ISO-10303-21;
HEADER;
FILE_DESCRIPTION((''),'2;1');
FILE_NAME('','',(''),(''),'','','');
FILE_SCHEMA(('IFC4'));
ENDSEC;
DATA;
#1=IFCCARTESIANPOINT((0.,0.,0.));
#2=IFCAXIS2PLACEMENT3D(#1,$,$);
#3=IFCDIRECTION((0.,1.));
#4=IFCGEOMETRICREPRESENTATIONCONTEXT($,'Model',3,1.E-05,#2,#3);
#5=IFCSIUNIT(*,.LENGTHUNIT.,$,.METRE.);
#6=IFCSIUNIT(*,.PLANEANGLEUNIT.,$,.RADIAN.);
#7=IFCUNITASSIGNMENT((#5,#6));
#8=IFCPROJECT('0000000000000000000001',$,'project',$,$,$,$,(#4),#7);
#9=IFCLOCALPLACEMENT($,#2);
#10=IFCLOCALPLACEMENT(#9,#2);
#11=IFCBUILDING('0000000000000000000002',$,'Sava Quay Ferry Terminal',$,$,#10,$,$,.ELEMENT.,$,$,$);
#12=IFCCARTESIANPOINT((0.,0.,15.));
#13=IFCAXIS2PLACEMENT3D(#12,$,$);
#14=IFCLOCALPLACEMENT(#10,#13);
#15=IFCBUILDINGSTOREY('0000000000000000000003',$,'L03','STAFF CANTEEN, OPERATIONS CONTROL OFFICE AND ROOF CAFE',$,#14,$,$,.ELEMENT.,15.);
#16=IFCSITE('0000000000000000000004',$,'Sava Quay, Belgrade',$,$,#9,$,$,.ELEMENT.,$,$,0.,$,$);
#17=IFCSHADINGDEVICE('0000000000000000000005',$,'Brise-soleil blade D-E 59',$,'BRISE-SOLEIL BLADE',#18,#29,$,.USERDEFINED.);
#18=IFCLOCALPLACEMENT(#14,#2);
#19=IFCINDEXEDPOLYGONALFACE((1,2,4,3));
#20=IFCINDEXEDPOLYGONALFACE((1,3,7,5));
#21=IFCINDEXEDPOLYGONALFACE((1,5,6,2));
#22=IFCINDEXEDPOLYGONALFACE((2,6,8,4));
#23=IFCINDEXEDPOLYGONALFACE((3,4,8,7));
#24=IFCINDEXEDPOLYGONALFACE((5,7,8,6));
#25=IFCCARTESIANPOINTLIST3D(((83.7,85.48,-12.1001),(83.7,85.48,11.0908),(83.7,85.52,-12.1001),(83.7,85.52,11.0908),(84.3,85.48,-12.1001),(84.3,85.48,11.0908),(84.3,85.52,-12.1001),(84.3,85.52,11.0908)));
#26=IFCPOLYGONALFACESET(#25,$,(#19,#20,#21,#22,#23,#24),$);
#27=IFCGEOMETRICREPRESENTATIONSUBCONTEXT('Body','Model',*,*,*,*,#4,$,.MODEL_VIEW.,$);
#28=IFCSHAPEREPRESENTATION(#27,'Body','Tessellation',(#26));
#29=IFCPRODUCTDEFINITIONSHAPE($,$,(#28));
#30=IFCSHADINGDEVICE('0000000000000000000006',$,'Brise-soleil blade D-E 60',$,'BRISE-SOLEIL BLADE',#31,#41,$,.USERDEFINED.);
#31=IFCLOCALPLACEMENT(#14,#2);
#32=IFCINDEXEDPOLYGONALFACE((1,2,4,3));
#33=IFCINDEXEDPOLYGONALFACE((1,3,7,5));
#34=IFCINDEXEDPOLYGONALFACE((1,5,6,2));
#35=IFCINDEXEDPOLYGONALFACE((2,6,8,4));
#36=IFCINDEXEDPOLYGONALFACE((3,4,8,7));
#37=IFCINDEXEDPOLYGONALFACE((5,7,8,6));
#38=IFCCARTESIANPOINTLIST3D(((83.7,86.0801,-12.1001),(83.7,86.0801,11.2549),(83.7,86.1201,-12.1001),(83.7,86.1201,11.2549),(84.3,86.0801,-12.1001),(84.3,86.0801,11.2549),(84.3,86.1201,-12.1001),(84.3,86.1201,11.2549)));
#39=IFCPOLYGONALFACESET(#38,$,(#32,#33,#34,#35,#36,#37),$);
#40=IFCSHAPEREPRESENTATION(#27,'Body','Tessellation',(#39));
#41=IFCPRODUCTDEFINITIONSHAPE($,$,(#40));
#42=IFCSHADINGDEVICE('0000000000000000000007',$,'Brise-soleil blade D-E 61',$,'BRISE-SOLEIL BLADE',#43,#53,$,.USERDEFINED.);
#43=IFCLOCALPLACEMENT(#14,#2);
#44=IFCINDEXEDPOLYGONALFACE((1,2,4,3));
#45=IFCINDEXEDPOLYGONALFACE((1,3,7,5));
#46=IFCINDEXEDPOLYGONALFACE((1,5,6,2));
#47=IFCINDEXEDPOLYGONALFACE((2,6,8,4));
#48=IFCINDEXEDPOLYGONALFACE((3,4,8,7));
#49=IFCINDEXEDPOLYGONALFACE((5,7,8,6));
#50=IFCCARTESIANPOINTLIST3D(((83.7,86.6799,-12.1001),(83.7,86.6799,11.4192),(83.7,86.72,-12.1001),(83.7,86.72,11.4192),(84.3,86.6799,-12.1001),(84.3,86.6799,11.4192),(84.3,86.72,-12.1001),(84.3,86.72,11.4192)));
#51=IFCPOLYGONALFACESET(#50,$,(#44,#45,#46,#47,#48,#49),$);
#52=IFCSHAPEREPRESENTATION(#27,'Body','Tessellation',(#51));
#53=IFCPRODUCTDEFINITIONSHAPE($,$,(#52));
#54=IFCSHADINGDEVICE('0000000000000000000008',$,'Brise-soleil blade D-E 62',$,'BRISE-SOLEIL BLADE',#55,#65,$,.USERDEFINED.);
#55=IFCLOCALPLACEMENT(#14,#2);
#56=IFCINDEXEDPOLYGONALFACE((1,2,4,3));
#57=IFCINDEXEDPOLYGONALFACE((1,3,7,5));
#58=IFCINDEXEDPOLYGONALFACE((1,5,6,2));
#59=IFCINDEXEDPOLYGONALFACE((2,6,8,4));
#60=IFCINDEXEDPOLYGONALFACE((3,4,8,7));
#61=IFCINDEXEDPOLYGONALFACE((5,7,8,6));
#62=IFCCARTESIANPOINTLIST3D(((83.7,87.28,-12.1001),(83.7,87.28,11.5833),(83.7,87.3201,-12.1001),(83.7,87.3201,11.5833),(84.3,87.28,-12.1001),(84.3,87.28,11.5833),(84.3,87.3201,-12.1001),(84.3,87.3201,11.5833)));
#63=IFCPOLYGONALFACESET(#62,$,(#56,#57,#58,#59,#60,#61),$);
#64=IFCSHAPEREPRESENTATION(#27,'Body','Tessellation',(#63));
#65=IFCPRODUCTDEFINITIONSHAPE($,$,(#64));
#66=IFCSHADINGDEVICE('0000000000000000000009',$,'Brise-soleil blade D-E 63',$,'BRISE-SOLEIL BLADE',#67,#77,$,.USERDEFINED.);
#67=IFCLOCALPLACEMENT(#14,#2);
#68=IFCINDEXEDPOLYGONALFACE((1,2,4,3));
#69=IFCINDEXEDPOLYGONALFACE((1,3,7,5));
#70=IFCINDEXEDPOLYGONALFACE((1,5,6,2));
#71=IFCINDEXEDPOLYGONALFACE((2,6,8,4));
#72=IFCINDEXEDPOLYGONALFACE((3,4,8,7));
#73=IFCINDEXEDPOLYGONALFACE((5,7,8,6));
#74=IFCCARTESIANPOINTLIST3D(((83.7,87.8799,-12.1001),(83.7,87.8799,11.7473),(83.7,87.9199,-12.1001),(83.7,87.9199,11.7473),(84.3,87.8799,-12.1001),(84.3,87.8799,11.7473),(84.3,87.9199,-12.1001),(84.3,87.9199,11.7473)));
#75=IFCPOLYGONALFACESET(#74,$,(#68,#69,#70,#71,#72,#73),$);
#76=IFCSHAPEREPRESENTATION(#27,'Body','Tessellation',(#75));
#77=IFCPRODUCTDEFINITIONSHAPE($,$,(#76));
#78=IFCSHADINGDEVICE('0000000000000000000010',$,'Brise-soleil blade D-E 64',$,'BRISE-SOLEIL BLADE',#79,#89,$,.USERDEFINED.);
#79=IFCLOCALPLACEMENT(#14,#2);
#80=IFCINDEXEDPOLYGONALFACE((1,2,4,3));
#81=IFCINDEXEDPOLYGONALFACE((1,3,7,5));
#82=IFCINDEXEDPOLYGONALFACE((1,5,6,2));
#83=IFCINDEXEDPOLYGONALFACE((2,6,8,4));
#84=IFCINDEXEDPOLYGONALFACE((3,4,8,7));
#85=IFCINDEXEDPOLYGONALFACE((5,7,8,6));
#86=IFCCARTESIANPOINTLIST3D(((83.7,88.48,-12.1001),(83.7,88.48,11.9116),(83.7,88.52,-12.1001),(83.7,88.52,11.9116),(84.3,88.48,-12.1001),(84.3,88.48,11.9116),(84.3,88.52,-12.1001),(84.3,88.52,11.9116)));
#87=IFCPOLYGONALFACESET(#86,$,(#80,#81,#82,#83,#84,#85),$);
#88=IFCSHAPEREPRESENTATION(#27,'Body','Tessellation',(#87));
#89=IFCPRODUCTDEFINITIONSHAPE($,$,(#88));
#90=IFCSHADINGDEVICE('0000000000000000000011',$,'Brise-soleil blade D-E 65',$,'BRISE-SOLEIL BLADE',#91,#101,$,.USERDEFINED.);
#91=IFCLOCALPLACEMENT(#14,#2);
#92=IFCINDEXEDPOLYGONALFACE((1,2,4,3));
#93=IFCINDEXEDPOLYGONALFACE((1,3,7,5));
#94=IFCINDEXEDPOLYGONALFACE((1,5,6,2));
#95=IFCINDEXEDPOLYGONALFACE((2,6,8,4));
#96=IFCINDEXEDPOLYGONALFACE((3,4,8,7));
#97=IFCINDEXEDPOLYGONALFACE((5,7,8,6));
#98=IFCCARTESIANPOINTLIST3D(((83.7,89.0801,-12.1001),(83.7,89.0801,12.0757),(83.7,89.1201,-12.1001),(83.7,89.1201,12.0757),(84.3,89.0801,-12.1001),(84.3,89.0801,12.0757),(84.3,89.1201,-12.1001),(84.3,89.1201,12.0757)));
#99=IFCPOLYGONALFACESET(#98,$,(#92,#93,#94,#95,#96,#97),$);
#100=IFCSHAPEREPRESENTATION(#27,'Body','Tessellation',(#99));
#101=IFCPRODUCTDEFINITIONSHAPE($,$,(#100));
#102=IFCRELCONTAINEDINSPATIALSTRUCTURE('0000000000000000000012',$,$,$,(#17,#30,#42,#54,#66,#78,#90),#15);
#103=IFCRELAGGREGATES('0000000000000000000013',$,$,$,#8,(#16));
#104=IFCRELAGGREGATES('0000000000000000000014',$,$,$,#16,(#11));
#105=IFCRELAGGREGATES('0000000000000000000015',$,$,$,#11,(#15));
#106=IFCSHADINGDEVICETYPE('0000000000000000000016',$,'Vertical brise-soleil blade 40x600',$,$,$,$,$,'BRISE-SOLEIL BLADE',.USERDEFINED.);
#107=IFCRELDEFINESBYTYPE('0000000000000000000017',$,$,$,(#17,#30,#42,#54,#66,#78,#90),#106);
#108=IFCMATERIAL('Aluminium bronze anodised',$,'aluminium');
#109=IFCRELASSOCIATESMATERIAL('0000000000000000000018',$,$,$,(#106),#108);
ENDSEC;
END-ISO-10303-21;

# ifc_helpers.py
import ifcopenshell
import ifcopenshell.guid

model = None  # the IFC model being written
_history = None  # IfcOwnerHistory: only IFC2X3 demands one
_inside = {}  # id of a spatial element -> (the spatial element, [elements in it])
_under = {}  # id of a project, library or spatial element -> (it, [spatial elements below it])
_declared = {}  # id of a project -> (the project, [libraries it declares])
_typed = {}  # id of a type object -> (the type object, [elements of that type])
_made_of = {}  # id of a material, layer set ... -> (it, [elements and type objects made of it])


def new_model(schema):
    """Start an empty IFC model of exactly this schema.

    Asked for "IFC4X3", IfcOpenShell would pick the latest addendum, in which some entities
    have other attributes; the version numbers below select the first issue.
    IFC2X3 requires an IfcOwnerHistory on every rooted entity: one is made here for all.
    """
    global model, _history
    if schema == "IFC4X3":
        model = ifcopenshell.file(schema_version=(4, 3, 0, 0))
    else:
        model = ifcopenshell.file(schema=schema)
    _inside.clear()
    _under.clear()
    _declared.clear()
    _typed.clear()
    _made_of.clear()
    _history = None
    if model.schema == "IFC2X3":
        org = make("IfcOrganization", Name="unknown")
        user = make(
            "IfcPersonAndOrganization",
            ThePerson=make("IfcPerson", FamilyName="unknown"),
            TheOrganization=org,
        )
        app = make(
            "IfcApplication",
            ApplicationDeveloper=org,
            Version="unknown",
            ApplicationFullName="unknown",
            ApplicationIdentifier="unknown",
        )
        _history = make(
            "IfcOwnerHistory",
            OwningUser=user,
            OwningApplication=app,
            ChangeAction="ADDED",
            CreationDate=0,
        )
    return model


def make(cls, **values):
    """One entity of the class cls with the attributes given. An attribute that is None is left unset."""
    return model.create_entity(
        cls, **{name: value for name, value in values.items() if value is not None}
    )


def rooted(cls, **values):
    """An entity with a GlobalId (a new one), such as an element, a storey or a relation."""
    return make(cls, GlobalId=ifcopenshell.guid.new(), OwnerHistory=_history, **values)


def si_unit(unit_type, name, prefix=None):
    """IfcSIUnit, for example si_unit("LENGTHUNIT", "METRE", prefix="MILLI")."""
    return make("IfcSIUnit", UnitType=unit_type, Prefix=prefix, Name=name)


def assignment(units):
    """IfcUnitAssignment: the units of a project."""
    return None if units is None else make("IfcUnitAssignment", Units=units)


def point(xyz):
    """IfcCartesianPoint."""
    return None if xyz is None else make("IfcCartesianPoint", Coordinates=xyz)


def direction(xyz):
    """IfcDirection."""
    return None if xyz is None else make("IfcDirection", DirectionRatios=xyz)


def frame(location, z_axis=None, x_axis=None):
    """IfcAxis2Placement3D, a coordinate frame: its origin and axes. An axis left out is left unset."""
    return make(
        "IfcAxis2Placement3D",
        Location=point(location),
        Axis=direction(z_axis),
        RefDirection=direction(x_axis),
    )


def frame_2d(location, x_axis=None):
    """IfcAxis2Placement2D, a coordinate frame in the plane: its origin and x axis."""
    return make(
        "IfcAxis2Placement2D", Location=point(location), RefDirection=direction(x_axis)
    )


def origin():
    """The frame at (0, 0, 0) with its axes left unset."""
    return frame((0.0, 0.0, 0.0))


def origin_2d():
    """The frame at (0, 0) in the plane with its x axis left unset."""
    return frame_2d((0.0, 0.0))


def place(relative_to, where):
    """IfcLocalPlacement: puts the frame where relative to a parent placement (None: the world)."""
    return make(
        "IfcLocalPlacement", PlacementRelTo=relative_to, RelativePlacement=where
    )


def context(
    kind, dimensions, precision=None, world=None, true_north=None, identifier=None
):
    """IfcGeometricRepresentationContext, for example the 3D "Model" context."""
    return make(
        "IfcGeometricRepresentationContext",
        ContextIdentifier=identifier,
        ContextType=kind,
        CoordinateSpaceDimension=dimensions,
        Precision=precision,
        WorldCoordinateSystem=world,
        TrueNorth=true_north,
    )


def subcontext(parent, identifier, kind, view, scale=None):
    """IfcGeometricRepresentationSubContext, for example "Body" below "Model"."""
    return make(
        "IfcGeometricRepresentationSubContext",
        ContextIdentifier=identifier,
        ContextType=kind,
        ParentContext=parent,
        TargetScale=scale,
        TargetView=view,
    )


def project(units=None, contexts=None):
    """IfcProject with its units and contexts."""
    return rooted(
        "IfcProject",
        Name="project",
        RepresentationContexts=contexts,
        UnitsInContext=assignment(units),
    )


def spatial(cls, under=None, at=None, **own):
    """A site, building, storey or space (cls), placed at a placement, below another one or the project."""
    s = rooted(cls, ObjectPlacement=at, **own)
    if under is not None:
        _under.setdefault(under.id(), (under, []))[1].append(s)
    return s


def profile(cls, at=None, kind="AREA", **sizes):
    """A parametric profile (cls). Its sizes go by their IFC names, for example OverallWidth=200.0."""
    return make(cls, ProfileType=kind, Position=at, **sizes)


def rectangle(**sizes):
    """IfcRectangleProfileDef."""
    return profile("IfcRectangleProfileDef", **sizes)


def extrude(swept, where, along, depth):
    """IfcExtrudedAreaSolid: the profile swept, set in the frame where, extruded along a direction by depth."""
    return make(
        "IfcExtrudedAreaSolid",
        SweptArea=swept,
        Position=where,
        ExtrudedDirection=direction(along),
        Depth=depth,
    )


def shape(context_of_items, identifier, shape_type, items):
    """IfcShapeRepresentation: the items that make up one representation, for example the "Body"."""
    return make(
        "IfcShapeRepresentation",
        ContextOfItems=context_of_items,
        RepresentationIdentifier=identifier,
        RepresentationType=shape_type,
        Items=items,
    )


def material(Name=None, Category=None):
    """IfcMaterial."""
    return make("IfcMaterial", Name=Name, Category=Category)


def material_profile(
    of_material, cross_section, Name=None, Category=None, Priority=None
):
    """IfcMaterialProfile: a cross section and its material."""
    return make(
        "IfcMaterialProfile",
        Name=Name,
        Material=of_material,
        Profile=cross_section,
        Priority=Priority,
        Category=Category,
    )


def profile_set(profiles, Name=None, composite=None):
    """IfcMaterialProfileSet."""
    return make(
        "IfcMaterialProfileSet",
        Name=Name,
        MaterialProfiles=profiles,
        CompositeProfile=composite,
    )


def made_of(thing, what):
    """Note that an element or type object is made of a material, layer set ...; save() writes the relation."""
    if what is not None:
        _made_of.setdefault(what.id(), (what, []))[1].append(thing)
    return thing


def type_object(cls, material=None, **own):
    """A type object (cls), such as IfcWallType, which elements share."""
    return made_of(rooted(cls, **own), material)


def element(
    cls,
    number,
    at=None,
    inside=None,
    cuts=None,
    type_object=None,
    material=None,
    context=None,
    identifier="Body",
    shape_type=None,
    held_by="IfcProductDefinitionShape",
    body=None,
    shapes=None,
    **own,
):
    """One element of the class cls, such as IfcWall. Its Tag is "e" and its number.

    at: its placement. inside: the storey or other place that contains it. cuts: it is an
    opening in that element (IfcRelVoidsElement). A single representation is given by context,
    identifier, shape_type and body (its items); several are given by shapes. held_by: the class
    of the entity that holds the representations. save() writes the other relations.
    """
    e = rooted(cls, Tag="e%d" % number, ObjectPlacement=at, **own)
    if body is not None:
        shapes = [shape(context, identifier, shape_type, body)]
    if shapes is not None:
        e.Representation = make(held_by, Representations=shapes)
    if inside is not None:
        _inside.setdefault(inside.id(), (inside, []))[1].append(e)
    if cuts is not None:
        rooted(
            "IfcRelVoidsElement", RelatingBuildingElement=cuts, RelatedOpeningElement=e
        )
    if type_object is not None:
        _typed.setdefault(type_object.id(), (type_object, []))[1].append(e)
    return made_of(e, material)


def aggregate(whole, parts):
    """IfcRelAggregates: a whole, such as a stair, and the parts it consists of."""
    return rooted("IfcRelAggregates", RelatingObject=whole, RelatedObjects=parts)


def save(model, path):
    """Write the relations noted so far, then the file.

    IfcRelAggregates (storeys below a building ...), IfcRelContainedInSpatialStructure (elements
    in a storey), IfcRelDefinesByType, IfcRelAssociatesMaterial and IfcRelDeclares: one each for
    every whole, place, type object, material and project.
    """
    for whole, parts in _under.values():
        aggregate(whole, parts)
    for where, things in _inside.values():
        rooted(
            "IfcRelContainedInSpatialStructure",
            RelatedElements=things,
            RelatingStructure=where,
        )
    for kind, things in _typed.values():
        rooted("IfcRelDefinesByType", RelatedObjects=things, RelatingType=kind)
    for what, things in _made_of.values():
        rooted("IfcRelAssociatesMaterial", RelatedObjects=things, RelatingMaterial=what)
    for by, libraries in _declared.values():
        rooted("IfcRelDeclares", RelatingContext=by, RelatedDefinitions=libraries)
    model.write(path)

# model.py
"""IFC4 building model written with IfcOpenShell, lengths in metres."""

from ifc_helpers import new_model, si_unit, direction, frame, origin, origin_2d, place, context, subcontext, project, spatial, rectangle, extrude, material, material_profile, profile_set, type_object, element, save


model = new_model("IFC4")

# Units and contexts
model_context = context("Model", 3, precision=1e-05, world=origin(), true_north=direction((0.0, 1.0)))
body_context = subcontext(model_context, "Body", "Model", "MODEL_VIEW")
ifc_project = project(units=[si_unit("LENGTHUNIT", "METRE"), si_unit("PLANEANGLEUNIT", "RADIAN")], contexts=[model_context])

# Site, building, storey
site_placement = place(None, origin())
site = spatial("IfcSite", under=ifc_project, at=site_placement, Name="Sava Quay, Belgrade", CompositionType="ELEMENT", RefElevation=0.0)
building_placement = place(site_placement, origin())
building = spatial("IfcBuilding", under=site, at=building_placement, Name="Sava Quay Ferry Terminal", CompositionType="ELEMENT")
storey_placement = place(building_placement, frame((0.0, 0.0, 15.0)))
storey = spatial("IfcBuildingStorey", under=building, at=storey_placement, Name="L03", Description="STAFF CANTEEN, OPERATIONS CONTROL OFFICE AND ROOF CAFE", CompositionType="ELEMENT", Elevation=15.0)

# Shading devices
ifc_material_1 = material(Name="Aluminium bronze anodised", Category="aluminium")
ifc_material_profile_1 = material_profile(ifc_material_1, rectangle(XDim=0.04, YDim=0.6001, at=origin_2d()), Name="Vertical brise-soleil blade 40x600")
ifc_profile_set_1 = profile_set([ifc_material_profile_1], Name="Aluminium bronze anodised")
shading_device_type = type_object("IfcShadingDeviceType", Name="Vertical brise-soleil blade 40x600", ElementType="BRISE-SOLEIL BLADE", PredefinedType="USERDEFINED", material=ifc_profile_set_1)
shading_device_1_placement = place(storey_placement, frame((84.0, 85.5, -12.1001), z_axis=(0.0, 0.0, 1.0), x_axis=(0.0, 1.0, 0.0)))
element("IfcShadingDevice", 1, at=shading_device_1_placement, inside=storey, type_object=shading_device_type, Name="Brise-soleil blade D-E 59", ObjectType="BRISE-SOLEIL BLADE", PredefinedType="USERDEFINED", context=body_context, shape_type="SweptSolid", body=[
    extrude(rectangle(XDim=0.04, YDim=0.6001, at=origin_2d()), origin(), (0.0, 0.0, 1.0), 23.1909),
])
shading_device_2_placement = place(storey_placement, frame((84.0, 86.1001, -12.1001), z_axis=(0.0, 0.0, 1.0), x_axis=(0.0, 1.0, 0.0)))
element("IfcShadingDevice", 2, at=shading_device_2_placement, inside=storey, type_object=shading_device_type, Name="Brise-soleil blade D-E 60", ObjectType="BRISE-SOLEIL BLADE", PredefinedType="USERDEFINED", context=body_context, shape_type="SweptSolid", body=[
    extrude(rectangle(XDim=0.04, YDim=0.6001, at=origin_2d()), origin(), (0.0, 0.0, 1.0), 23.355),
])
shading_device_3_placement = place(storey_placement, frame((84.0, 86.7, -12.1001), z_axis=(0.0, 0.0, 1.0), x_axis=(0.0, 1.0, 0.0)))
element("IfcShadingDevice", 3, at=shading_device_3_placement, inside=storey, type_object=shading_device_type, Name="Brise-soleil blade D-E 61", ObjectType="BRISE-SOLEIL BLADE", PredefinedType="USERDEFINED", context=body_context, shape_type="SweptSolid", body=[
    extrude(rectangle(XDim=0.04, YDim=0.6001, at=origin_2d()), origin(), (0.0, 0.0, 1.0), 23.5193),
])
shading_device_4_placement = place(storey_placement, frame((84.0, 87.3, -12.1001), z_axis=(0.0, 0.0, 1.0), x_axis=(0.0, 1.0, 0.0)))
element("IfcShadingDevice", 4, at=shading_device_4_placement, inside=storey, type_object=shading_device_type, Name="Brise-soleil blade D-E 62", ObjectType="BRISE-SOLEIL BLADE", PredefinedType="USERDEFINED", context=body_context, shape_type="SweptSolid", body=[
    extrude(rectangle(XDim=0.04, YDim=0.6001, at=origin_2d()), origin(), (0.0, 0.0, 1.0), 23.6833),
])
shading_device_5_placement = place(storey_placement, frame((84.0, 87.8999, -12.1001), z_axis=(0.0, 0.0, 1.0), x_axis=(0.0, 1.0, 0.0)))
element("IfcShadingDevice", 5, at=shading_device_5_placement, inside=storey, type_object=shading_device_type, Name="Brise-soleil blade D-E 63", ObjectType="BRISE-SOLEIL BLADE", PredefinedType="USERDEFINED", context=body_context, shape_type="SweptSolid", body=[
    extrude(rectangle(XDim=0.04, YDim=0.6001, at=origin_2d()), origin(), (0.0, 0.0, 1.0), 23.8474),
])
shading_device_6_placement = place(storey_placement, frame((84.0, 88.5, -12.1001), z_axis=(0.0, 0.0, 1.0), x_axis=(0.0, 1.0, 0.0)))
element("IfcShadingDevice", 6, at=shading_device_6_placement, inside=storey, type_object=shading_device_type, Name="Brise-soleil blade D-E 64", ObjectType="BRISE-SOLEIL BLADE", PredefinedType="USERDEFINED", context=body_context, shape_type="SweptSolid", body=[
    extrude(rectangle(XDim=0.04, YDim=0.6001, at=origin_2d()), origin(), (0.0, 0.0, 1.0), 24.0117),
])
shading_device_7_placement = place(storey_placement, frame((84.0, 89.1001, -12.1001), z_axis=(0.0, 0.0, 1.0), x_axis=(0.0, 1.0, 0.0)))
element("IfcShadingDevice", 7, at=shading_device_7_placement, inside=storey, type_object=shading_device_type, Name="Brise-soleil blade D-E 65", ObjectType="BRISE-SOLEIL BLADE", PredefinedType="USERDEFINED", context=body_context, shape_type="SweptSolid", body=[
    extrude(rectangle(XDim=0.04, YDim=0.6001, at=origin_2d()), origin(), (0.0, 0.0, 1.0), 24.1758),
])

save(model, "model.ifc")
